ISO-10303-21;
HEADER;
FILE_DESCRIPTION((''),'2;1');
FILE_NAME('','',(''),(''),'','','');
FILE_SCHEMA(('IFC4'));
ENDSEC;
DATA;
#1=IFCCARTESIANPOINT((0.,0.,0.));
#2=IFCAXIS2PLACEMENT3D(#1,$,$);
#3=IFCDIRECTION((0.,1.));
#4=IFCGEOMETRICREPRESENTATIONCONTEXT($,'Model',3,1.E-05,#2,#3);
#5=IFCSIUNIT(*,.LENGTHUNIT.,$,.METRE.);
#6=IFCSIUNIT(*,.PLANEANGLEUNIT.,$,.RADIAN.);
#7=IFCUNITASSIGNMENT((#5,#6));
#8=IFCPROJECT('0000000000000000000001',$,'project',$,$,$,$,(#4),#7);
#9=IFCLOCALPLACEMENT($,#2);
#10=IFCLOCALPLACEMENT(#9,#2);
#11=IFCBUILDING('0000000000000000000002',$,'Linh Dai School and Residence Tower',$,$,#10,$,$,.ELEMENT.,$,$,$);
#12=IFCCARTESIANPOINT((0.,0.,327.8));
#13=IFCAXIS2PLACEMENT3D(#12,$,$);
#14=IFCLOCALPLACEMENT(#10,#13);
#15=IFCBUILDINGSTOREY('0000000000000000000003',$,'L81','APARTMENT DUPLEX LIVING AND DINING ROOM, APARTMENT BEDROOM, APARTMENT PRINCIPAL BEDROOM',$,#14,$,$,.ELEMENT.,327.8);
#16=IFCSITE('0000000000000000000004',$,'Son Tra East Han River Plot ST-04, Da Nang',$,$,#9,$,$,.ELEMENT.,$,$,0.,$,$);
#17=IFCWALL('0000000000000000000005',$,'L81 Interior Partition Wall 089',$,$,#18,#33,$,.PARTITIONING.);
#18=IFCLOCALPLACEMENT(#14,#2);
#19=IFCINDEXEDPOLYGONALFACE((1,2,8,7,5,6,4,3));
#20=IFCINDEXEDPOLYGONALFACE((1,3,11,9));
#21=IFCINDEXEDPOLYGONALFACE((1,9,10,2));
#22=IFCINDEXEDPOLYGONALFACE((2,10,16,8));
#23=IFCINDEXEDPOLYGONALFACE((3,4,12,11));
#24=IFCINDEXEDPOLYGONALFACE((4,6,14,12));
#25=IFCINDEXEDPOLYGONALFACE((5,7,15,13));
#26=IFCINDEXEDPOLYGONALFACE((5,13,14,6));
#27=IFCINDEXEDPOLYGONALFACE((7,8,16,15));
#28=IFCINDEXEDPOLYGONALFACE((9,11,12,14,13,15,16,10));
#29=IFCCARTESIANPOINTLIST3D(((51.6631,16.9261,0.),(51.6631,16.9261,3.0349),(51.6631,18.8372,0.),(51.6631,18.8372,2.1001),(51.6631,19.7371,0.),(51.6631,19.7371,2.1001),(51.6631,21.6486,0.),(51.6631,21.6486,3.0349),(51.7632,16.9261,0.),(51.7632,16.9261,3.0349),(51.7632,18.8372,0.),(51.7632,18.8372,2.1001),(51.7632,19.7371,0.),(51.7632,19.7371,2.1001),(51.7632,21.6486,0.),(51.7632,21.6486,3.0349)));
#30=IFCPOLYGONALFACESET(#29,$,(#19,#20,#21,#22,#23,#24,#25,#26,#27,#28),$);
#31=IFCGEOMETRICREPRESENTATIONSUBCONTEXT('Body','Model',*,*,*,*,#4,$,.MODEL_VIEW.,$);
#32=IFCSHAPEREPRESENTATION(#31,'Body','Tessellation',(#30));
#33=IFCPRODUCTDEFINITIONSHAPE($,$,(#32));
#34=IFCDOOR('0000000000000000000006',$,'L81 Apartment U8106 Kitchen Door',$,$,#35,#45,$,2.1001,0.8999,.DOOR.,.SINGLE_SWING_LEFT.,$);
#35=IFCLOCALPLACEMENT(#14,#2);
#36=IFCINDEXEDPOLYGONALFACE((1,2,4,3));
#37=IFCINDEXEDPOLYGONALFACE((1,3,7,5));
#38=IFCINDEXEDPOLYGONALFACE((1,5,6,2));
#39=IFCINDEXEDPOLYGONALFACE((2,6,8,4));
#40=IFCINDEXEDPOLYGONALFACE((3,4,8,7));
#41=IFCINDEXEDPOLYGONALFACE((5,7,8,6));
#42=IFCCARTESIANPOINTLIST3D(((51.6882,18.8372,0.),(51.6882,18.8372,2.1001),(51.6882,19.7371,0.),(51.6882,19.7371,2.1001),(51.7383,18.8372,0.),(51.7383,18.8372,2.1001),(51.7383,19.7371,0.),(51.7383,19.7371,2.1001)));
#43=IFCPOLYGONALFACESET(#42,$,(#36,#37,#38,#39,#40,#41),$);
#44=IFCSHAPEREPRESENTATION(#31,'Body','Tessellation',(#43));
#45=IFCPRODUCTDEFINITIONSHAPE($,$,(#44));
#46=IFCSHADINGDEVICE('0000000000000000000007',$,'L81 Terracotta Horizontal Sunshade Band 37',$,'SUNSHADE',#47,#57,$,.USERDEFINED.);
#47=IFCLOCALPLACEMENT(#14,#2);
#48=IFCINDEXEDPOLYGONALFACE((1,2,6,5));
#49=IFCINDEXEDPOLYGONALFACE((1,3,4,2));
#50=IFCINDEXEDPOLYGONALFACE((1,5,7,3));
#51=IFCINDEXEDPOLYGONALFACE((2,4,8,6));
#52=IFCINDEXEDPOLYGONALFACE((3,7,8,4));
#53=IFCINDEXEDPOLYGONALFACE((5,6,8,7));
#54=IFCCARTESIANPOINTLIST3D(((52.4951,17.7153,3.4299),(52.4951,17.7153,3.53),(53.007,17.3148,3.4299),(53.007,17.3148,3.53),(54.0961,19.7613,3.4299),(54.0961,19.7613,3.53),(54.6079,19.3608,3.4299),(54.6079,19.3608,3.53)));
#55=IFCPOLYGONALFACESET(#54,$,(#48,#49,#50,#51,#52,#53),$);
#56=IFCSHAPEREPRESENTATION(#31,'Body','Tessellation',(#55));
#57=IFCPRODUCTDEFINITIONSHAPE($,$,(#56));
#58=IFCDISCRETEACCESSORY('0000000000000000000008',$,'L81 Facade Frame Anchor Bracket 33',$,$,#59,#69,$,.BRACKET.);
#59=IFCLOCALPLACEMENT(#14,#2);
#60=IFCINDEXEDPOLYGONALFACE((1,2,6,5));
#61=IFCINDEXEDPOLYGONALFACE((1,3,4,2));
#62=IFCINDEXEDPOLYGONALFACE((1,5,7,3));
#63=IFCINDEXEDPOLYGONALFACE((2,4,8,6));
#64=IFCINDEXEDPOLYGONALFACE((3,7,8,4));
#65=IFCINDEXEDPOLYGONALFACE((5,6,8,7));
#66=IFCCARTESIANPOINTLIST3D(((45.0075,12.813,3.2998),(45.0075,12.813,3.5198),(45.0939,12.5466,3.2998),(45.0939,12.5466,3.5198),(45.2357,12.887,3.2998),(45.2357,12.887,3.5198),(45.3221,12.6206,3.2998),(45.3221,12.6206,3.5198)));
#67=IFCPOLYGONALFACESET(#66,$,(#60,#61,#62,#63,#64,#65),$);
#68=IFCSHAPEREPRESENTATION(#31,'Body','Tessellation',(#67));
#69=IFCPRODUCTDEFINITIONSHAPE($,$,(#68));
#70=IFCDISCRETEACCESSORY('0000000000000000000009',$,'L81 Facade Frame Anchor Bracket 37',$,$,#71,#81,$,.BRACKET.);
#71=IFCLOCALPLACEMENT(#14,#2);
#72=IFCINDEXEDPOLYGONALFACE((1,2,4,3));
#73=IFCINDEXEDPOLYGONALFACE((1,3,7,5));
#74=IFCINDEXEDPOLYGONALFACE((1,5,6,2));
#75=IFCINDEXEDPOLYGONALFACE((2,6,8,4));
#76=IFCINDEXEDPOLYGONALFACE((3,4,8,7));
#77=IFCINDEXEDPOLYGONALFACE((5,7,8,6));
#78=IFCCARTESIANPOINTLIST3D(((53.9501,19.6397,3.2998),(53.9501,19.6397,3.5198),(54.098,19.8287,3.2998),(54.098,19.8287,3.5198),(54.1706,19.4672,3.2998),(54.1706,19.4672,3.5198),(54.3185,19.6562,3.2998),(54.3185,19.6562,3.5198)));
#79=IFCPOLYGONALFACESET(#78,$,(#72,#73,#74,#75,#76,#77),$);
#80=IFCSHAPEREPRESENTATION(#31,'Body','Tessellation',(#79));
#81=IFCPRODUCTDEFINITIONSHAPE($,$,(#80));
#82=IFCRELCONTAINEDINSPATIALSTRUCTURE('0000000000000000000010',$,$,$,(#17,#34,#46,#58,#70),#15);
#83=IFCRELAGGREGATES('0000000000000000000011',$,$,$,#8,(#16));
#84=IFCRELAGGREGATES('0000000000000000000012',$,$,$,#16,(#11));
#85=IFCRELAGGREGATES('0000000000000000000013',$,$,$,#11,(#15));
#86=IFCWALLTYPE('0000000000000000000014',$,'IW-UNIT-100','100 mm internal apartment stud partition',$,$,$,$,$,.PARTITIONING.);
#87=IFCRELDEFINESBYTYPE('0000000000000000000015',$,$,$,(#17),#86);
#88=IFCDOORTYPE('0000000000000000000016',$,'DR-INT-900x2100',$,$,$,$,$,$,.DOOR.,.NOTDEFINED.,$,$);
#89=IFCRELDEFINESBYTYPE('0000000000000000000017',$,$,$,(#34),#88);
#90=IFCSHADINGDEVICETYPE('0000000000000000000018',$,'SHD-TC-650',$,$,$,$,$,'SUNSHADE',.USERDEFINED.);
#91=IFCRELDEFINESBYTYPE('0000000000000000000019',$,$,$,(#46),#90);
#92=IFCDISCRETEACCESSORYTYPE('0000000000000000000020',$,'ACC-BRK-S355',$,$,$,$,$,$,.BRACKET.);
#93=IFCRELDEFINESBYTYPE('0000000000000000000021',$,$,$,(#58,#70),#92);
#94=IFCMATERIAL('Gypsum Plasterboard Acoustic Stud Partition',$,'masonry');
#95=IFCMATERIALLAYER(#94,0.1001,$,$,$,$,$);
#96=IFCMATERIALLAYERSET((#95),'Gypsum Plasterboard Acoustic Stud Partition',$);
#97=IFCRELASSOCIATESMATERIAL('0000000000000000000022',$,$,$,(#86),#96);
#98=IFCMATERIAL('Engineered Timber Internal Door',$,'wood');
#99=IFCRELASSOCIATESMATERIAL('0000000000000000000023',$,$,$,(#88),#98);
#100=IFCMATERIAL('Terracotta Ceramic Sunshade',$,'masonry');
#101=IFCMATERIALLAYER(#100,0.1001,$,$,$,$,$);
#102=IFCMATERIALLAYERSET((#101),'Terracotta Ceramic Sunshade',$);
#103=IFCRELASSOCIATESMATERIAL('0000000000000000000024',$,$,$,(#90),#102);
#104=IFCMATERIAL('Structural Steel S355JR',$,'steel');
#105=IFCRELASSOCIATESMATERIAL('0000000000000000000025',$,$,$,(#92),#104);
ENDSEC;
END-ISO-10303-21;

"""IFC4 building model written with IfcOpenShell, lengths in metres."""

from ifc_helpers import new_model, si_unit, direction, frame, frame_2d, origin, origin_2d, place, context, subcontext, project, spatial, rectangle, extrude, source, transform, mapped, material, layer, layer_set, type_object, element, fill, save


model = new_model("IFC4")

# Units and contexts
model_context = context("Model", 3, precision=1e-05, world=origin(), true_north=direction((0.0, 1.0)))
body_context = subcontext(model_context, "Body", "Model", "MODEL_VIEW")
ifc_project = project(units=[si_unit("LENGTHUNIT", "METRE"), si_unit("PLANEANGLEUNIT", "RADIAN")], contexts=[model_context])

# Site, building, storey
site_placement = place(None, origin())
site = spatial("IfcSite", under=ifc_project, at=site_placement, Name="Son Tra East Han River Plot ST-04, Da Nang", CompositionType="ELEMENT", RefElevation=0.0)
building_placement = place(site_placement, origin())
building = spatial("IfcBuilding", under=site, at=building_placement, Name="Linh Dai School and Residence Tower", CompositionType="ELEMENT")
storey_placement = place(building_placement, frame((0.0, 0.0, 327.8)))
storey = spatial("IfcBuildingStorey", under=building, at=storey_placement, Name="L81", Description="APARTMENT DUPLEX LIVING AND DINING ROOM, APARTMENT BEDROOM, APARTMENT PRINCIPAL BEDROOM", CompositionType="ELEMENT", Elevation=327.8)

# Shared definitions
ifc_material_1 = material(Name="Structural Steel S355JR", Category="steel")

# Shared definitions
ifc_material_2 = material(Name="Gypsum Plasterboard Acoustic Stud Partition", Category="masonry")
ifc_layer_1 = layer(ifc_material_2, 0.1001)
ifc_layer_set_1 = layer_set([ifc_layer_1], Name="Gypsum Plasterboard Acoustic Stud Partition")
wall_type_1 = type_object("IfcWallType", Name="IW-UNIT-100", Description="100 mm internal apartment stud partition", PredefinedType="PARTITIONING", material=ifc_layer_set_1)

# Wall, opening, door
ifc_material_3 = material(Name="Engineered Timber Internal Door", Category="wood")
door_type_1 = type_object("IfcDoorType", Name="DR-INT-900x2100", OperationType="NOTDEFINED", PredefinedType="DOOR", material=ifc_material_3)
shared_shape_1 = source(origin(), body_context, "Body", "SweptSolid", [
    extrude(rectangle(XDim=0.8999, YDim=2.1001, at=origin_2d()), frame((0.45, 0.0249, 1.05), z_axis=(0.0, -1.0, 0.0), x_axis=(1.0, 0.0, 0.0)), (0.0, 0.0, 1.0), 0.05),
])
wall_1_placement = place(storey_placement, frame((51.7131, 16.926, 0.0), z_axis=(0.0, 0.0, 1.0), x_axis=(0.0, 1.0, 0.0)))
wall_1 = element("IfcWall", 1, at=wall_1_placement, inside=storey, type_object=wall_type_1, Name="L81 Interior Partition Wall 089", PredefinedType="PARTITIONING", context=body_context, shape_type="SweptSolid", body=[
    extrude(rectangle(XDim=4.7224, YDim=0.1001, at=frame_2d((2.3613, 0.0))), origin(), (0.0, 0.0, 1.0), 3.0349),
])
opening_1_placement = place(wall_1_placement, frame((1.9111, 0.0, 0.0)))
opening_1 = element("IfcOpeningElement", 2, at=opening_1_placement, cuts=wall_1, PredefinedType="OPENING", context=body_context, shape_type="SweptSolid", body=[
    extrude(rectangle(XDim=0.8999, YDim=2.1001, at=origin_2d()), frame((0.45, 0.0601, 1.05), z_axis=(0.0, -1.0, 0.0), x_axis=(1.0, 0.0, 0.0)), (0.0, 0.0, 1.0), 0.1201),
])
door_1_placement = place(opening_1_placement, origin())
door_1 = element("IfcDoor", 3, at=door_1_placement, inside=storey, type_object=door_type_1, Name="L81 Apartment U8106 Kitchen Door", OperationType="SINGLE_SWING_LEFT", OverallHeight=2.1001, OverallWidth=0.8999, PredefinedType="DOOR", context=body_context, shape_type="MappedRepresentation", body=[
    mapped(shared_shape_1, transform((0.0, 0.0, 0.0), x_axis=(1.0, 0.0, 0.0), y_axis=(0.0, 1.0, 0.0), z_axis=(0.0, 0.0, 1.0), scale=1.0)),
])
fill(opening_1, door_1)

# Shading device
ifc_material_4 = material(Name="Terracotta Ceramic Sunshade", Category="masonry")
ifc_layer_2 = layer(ifc_material_4, 0.1001)
ifc_layer_set_2 = layer_set([ifc_layer_2], Name="Terracotta Ceramic Sunshade")
shading_device_type = type_object("IfcShadingDeviceType", Name="SHD-TC-650", ElementType="SUNSHADE", PredefinedType="USERDEFINED", material=ifc_layer_set_2)
shared_shape_2 = source(origin(), body_context, "Body", "SweptSolid", [
    extrude(rectangle(XDim=2.5979, YDim=0.6499, at=origin_2d()), origin(), (0.0, 0.0, 1.0), 0.1001),
])
shading_device_placement = place(storey_placement, frame((53.5515, 18.5381, 3.4299), z_axis=(0.0, 0.0, 1.0), x_axis=(-0.616247, -0.787553, 0.0)))
element("IfcShadingDevice", 4, at=shading_device_placement, inside=storey, type_object=shading_device_type, Name="L81 Terracotta Horizontal Sunshade Band 37", ObjectType="SUNSHADE", PredefinedType="USERDEFINED", context=body_context, shape_type="MappedRepresentation", body=[
    mapped(shared_shape_2, transform((0.0, 0.0, 0.0), x_axis=(1.0, 0.0, 0.0), y_axis=(0.0, 1.0, 0.0), z_axis=(0.0, 0.0, 1.0), scale=1.0)),
])

# Discrete accessories
discrete_accessory_type = type_object("IfcDiscreteAccessoryType", Name="ACC-BRK-S355", PredefinedType="BRACKET", material=ifc_material_1)
shared_shape_3 = source(origin(), body_context, "Body", "SweptSolid", [
    extrude(rectangle(XDim=0.28, YDim=0.24, at=origin_2d()), origin(), (0.0, 0.0, 1.0), 0.22),
])
for number, where, z_axis, x_axis, name in (
    (5, (45.1648, 12.7168, 3.2998), (0.0, 0.0, 1.0), (0.308565, -0.951203, 0.0), "L81 Facade Frame Anchor Bracket 33"),
    (6, (54.1343, 19.6479, 3.2998), (0.0, 0.0, 1.0), (0.787553, -0.616247, 0.0), "L81 Facade Frame Anchor Bracket 37"),
):
    element("IfcDiscreteAccessory", number, at=place(storey_placement, frame(where, z_axis=z_axis, x_axis=x_axis)), inside=storey, type_object=discrete_accessory_type, Name=name, PredefinedType="BRACKET", context=body_context, shape_type="MappedRepresentation", body=[
        mapped(shared_shape_3, transform((0.0, 0.0, 0.0), x_axis=(1.0, 0.0, 0.0), y_axis=(0.0, 1.0, 0.0), z_axis=(0.0, 0.0, 1.0), scale=1.0)),
    ])

save(model, "model.ifc")
